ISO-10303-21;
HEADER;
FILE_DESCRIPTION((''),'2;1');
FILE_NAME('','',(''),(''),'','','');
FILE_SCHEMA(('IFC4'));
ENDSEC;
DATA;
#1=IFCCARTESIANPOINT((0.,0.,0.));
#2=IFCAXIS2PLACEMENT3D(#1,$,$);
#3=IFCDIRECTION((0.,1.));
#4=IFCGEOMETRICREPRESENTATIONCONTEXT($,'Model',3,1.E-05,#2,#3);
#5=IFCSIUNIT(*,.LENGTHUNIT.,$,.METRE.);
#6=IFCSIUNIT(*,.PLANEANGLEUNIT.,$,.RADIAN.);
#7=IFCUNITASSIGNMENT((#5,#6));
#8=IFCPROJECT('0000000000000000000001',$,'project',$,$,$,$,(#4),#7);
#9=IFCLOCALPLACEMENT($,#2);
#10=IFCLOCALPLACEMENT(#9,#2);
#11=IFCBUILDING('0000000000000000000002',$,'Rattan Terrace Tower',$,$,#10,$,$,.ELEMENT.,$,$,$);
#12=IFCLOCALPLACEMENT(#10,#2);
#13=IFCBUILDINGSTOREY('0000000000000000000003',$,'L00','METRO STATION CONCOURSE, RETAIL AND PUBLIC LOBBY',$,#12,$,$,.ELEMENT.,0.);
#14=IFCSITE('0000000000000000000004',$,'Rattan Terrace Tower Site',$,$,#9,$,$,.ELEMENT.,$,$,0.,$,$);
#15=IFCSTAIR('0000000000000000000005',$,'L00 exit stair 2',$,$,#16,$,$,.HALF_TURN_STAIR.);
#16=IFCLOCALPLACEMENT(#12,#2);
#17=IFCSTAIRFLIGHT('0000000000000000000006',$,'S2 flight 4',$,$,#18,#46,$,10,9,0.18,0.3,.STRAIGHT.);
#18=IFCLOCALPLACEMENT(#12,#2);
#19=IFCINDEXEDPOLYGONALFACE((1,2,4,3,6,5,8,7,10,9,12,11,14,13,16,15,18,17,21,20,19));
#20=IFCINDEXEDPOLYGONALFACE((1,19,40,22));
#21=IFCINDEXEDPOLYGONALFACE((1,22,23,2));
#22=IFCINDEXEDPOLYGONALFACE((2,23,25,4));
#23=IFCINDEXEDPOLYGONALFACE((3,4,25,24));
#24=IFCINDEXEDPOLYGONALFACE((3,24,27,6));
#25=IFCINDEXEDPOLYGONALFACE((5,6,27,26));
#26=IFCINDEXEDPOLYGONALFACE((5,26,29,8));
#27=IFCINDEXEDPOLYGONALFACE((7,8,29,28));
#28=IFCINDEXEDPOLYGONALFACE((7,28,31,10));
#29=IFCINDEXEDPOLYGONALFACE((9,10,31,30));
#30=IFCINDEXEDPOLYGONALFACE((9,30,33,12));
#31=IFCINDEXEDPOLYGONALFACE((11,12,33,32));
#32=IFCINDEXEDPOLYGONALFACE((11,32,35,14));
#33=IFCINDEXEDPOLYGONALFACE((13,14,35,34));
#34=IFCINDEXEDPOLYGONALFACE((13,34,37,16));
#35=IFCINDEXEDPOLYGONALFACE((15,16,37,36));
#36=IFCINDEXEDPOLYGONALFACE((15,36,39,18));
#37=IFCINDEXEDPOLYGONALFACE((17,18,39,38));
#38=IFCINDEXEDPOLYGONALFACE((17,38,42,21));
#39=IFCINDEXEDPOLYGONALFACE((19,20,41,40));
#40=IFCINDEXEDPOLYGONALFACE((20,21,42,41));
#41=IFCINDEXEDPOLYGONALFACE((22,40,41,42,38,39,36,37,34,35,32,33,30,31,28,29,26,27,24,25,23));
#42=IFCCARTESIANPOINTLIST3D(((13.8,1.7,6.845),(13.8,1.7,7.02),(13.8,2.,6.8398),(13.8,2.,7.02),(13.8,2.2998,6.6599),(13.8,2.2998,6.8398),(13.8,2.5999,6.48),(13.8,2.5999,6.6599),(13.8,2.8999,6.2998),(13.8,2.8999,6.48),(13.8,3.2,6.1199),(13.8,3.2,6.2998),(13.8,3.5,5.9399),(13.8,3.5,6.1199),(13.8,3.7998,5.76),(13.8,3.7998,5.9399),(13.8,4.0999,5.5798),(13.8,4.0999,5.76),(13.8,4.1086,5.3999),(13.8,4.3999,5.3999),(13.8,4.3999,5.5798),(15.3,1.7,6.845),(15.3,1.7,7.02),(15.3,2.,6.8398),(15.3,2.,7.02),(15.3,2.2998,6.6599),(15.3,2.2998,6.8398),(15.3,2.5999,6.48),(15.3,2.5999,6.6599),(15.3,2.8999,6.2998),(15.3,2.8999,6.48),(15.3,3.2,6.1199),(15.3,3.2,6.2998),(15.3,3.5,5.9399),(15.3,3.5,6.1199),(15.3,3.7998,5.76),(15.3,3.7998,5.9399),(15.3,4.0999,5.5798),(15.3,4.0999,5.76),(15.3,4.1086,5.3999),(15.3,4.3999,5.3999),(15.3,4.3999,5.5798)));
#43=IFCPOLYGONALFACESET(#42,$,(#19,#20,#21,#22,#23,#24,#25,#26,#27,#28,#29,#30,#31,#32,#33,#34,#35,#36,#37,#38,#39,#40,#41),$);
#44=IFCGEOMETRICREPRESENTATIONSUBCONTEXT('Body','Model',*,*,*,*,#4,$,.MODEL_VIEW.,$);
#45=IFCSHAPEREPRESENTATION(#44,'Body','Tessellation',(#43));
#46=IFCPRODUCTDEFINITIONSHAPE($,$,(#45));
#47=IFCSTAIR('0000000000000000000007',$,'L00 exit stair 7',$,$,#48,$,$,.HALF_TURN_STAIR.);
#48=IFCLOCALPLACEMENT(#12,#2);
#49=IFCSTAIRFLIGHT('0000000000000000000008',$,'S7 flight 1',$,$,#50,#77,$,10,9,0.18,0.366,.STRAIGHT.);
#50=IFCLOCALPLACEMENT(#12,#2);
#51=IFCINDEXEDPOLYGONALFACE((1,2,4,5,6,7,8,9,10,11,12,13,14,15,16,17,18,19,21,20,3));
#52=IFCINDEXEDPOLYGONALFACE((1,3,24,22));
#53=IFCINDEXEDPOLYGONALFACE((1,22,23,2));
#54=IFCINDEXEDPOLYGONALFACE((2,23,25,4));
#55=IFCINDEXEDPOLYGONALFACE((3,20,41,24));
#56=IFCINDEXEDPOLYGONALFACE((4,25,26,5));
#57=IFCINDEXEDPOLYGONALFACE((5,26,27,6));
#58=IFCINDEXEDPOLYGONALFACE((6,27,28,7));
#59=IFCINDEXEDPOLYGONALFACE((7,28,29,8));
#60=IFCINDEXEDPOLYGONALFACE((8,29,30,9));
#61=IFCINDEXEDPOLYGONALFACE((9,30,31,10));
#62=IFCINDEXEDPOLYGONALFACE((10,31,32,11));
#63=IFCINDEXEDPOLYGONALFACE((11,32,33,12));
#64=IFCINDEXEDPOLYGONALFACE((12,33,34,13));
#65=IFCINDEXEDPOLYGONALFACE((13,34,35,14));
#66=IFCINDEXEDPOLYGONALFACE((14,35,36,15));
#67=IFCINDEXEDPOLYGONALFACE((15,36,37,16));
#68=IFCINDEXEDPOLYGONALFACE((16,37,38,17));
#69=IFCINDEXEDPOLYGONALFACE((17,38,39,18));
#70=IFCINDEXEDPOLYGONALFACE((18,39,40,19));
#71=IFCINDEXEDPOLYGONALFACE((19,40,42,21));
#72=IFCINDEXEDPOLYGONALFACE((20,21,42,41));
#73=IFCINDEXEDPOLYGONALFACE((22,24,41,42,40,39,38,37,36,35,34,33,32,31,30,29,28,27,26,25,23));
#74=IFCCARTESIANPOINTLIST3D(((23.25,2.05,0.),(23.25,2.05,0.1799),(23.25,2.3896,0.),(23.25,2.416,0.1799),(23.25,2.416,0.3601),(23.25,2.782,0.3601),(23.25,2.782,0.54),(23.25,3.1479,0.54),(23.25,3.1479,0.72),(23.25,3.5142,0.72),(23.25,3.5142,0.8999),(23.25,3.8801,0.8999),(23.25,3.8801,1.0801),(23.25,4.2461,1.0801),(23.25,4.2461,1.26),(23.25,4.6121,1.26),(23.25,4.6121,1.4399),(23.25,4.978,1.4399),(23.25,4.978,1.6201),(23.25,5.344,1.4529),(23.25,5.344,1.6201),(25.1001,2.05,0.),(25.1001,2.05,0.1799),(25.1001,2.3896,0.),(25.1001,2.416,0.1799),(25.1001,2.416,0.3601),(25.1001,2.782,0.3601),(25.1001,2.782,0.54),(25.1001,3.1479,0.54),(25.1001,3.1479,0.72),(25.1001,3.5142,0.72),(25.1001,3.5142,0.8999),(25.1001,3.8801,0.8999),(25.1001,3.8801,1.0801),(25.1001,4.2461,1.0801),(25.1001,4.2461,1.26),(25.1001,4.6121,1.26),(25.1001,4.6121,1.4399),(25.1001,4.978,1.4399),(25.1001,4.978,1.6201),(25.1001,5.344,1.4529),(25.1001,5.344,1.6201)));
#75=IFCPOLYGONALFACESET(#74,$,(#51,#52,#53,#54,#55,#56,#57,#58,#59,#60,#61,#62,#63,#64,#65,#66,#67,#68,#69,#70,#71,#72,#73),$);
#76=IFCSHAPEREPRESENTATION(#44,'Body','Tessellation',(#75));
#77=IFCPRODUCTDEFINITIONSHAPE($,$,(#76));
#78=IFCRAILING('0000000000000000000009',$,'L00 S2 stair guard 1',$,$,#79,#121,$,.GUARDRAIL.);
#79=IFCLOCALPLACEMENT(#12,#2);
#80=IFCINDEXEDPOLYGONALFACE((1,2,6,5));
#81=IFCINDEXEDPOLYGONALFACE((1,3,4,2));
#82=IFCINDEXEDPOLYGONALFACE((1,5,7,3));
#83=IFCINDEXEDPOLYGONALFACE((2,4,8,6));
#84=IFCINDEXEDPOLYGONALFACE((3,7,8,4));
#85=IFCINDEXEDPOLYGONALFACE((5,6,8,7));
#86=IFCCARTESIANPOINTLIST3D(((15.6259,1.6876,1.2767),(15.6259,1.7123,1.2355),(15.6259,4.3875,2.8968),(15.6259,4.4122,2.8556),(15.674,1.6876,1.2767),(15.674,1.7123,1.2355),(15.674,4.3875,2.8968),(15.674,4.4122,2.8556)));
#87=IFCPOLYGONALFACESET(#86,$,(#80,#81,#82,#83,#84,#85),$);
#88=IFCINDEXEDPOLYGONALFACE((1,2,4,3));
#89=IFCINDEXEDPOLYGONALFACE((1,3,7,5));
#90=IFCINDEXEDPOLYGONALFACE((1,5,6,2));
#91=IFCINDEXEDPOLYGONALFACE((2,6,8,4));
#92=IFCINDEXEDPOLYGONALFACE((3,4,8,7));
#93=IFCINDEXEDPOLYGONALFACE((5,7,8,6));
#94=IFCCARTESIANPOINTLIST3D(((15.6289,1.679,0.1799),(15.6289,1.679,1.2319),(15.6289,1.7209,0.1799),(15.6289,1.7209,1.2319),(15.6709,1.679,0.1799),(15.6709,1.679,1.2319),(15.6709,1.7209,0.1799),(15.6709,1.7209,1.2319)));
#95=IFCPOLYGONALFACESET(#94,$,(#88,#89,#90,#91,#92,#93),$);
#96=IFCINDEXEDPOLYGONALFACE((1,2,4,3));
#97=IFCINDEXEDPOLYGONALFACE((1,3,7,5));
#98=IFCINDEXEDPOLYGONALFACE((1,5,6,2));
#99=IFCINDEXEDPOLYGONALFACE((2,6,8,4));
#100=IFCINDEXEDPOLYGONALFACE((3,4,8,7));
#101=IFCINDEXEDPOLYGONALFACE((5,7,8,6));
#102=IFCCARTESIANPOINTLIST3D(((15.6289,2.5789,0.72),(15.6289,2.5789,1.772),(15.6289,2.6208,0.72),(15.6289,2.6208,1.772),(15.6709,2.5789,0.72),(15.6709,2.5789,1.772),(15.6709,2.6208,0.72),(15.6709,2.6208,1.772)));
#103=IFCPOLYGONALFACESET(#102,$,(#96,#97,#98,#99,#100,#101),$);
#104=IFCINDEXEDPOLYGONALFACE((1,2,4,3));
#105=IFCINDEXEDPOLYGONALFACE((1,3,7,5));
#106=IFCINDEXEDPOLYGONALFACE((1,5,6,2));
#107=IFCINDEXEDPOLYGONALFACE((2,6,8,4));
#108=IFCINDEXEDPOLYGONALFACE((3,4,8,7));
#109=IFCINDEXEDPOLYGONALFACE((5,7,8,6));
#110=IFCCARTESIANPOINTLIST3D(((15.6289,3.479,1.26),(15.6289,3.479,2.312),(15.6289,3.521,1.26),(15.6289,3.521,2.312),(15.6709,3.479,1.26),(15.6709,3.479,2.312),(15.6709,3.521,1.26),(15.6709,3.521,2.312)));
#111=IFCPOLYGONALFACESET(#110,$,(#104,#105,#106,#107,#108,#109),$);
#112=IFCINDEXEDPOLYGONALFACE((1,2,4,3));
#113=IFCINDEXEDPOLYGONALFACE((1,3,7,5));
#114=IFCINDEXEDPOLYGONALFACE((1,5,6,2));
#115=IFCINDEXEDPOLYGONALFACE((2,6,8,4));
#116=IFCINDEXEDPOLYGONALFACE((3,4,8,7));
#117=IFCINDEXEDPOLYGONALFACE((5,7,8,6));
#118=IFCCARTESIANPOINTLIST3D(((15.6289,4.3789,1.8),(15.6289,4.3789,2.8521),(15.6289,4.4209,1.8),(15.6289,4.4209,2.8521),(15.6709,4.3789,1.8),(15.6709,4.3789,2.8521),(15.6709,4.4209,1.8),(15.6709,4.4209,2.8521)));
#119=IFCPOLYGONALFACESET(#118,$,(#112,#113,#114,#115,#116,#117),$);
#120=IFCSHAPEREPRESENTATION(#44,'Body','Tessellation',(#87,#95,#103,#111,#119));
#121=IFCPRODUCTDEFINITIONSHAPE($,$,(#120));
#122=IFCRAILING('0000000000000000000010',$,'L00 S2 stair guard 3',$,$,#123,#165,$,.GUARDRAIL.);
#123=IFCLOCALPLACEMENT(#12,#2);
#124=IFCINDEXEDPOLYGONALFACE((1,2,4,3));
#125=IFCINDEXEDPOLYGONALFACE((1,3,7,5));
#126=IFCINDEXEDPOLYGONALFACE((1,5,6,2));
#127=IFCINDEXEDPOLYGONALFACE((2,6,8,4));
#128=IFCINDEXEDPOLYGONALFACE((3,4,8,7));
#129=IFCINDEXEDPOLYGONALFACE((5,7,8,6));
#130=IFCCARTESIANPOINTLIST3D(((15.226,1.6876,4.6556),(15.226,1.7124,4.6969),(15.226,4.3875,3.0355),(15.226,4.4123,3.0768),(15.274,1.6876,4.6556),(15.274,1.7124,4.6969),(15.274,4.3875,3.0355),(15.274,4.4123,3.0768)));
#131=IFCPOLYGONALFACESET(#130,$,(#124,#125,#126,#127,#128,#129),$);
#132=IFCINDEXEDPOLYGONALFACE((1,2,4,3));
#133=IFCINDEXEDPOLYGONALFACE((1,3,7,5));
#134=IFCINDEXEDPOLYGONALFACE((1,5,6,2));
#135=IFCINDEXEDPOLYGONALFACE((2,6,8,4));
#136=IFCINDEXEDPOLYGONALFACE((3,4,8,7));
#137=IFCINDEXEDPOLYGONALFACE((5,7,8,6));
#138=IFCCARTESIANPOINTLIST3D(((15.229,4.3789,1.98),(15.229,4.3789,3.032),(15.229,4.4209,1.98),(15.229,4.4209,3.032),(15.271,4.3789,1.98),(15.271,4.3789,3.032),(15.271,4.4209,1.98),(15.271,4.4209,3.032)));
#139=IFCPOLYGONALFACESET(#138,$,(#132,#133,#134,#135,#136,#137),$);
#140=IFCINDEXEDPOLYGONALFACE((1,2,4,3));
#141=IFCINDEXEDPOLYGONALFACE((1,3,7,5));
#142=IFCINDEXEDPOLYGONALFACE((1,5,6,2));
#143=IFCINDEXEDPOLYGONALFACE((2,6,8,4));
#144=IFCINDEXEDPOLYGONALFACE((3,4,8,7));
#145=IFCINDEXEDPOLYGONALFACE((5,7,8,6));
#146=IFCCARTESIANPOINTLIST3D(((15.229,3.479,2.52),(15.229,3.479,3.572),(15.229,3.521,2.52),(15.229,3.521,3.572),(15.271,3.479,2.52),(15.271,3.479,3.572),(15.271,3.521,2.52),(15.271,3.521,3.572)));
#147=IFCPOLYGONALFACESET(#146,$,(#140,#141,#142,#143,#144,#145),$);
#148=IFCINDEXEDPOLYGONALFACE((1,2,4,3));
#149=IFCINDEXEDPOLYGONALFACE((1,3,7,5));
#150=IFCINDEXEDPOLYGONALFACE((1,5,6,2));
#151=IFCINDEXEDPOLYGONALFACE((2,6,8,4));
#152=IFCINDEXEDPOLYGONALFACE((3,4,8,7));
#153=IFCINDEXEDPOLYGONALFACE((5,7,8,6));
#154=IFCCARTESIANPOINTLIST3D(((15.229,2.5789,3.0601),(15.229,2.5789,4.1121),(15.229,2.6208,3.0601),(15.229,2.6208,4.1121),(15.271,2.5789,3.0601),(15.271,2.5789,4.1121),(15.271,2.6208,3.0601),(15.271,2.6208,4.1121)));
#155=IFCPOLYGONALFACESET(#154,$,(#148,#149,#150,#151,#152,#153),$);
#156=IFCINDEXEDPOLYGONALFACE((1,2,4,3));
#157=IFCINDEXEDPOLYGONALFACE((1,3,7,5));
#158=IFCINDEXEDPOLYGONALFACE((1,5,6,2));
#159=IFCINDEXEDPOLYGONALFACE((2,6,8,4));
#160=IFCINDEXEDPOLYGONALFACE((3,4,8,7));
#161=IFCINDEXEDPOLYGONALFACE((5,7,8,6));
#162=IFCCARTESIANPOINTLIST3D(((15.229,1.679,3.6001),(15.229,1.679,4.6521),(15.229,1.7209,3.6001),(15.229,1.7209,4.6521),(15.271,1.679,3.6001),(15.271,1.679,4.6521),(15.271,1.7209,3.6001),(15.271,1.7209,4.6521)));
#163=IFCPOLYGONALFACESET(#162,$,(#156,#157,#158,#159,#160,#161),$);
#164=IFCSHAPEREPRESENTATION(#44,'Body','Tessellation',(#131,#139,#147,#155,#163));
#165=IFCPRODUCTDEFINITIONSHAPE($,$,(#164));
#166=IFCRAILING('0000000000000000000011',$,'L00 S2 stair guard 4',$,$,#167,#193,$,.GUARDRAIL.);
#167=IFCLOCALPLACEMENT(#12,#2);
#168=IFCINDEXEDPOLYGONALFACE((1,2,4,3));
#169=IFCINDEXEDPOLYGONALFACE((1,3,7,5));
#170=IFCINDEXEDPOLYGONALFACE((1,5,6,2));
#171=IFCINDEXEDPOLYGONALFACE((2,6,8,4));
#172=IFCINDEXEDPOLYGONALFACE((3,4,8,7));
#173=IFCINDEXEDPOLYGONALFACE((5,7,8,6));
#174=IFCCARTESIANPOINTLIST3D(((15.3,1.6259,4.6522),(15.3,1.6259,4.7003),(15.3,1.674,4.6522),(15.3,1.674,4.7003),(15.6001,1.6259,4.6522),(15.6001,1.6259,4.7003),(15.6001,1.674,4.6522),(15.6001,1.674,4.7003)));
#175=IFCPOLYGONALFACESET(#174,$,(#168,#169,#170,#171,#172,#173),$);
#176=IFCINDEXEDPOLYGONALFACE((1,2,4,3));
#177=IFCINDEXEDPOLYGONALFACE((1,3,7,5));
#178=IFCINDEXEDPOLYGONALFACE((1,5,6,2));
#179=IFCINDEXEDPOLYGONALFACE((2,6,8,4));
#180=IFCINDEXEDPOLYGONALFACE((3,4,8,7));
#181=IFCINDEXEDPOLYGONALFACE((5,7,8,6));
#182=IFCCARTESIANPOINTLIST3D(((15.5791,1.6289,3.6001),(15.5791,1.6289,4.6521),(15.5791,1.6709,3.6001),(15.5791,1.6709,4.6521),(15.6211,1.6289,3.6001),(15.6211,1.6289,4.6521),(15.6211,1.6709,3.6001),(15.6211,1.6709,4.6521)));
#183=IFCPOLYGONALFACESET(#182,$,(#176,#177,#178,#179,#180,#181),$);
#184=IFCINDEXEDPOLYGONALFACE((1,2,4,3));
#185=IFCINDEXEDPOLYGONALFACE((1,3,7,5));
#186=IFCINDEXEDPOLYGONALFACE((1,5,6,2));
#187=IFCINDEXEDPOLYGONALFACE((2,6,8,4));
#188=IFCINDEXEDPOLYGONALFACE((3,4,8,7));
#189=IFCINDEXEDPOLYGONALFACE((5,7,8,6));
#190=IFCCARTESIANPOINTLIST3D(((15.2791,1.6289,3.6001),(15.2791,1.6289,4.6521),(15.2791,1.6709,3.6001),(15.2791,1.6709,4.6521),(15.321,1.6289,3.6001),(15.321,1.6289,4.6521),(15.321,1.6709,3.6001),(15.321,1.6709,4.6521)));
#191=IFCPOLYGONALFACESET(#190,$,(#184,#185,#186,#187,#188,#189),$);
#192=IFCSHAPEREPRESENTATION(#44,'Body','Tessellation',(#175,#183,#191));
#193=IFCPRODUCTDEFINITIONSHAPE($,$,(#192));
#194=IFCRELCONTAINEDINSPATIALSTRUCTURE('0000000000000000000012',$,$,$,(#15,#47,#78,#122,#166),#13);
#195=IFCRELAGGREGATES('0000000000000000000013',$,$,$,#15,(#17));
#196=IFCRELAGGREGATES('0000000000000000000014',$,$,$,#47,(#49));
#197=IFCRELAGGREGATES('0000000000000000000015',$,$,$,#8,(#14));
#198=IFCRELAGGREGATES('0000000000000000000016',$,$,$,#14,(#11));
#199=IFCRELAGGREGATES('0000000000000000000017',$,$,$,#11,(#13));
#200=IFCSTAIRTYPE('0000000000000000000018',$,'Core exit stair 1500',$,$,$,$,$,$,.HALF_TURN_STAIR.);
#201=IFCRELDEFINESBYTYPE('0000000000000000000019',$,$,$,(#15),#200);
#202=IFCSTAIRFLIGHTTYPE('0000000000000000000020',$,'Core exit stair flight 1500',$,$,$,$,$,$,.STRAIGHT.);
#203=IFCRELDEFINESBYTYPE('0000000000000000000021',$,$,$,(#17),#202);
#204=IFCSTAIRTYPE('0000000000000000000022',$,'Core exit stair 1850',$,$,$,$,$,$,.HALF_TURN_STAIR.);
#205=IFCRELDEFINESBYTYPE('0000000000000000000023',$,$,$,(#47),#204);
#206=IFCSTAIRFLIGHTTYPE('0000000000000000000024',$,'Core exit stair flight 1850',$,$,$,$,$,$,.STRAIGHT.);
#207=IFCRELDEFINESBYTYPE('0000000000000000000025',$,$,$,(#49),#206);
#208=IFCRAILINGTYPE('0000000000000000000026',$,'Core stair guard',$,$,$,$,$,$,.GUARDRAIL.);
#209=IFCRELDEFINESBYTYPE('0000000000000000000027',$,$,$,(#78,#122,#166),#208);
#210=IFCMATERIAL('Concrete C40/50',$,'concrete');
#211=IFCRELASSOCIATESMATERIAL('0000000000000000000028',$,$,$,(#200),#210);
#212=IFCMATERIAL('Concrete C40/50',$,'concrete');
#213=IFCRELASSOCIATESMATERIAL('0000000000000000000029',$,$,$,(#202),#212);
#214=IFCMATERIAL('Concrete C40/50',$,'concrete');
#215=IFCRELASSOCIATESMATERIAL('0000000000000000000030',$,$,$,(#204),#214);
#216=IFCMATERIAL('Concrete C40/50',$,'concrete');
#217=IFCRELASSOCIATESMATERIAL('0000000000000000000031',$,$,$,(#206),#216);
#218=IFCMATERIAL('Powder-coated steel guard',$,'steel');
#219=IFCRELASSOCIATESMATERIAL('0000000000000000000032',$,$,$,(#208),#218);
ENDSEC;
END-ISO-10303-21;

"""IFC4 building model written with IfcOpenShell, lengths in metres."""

from ifc_helpers import new_model, si_unit, direction, frame, origin, origin_2d, place, context, subcontext, project, spatial, polyline, rectangle, outline, extrude, material, type_object, element, aggregate, save


model = new_model("IFC4")

# Units and contexts
model_context = context("Model", 3, precision=1e-05, world=origin(), true_north=direction((0.0, 1.0)))
body_context = subcontext(model_context, "Body", "Model", "MODEL_VIEW")
ifc_project = project(units=[si_unit("LENGTHUNIT", "METRE"), si_unit("PLANEANGLEUNIT", "RADIAN")], contexts=[model_context])

# Site, building, storey
site_placement = place(None, origin())
site = spatial("IfcSite", under=ifc_project, at=site_placement, Name="Rattan Terrace Tower Site", CompositionType="ELEMENT", RefElevation=0.0)
building_placement = place(site_placement, origin())
building = spatial("IfcBuilding", under=site, at=building_placement, Name="Rattan Terrace Tower", CompositionType="ELEMENT")
storey_placement = place(building_placement, origin())
storey = spatial("IfcBuildingStorey", under=building, at=storey_placement, Name="L00", Description="METRO STATION CONCOURSE, RETAIL AND PUBLIC LOBBY", CompositionType="ELEMENT", Elevation=0.0)

# Stair, stair flight
ifc_material_1 = material(Name="Concrete C40/50", Category="concrete")
stair_type_1 = type_object("IfcStairType", Name="Core exit stair 1500", PredefinedType="HALF_TURN_STAIR", material=ifc_material_1)
stair_1_placement = place(storey_placement, origin())
stair_1 = element("IfcStair", 1, at=stair_1_placement, inside=storey, type_object=stair_type_1, Name="L00 exit stair 2", PredefinedType="HALF_TURN_STAIR")
ifc_material_2 = material(Name="Concrete C40/50", Category="concrete")
stair_flight_type_1 = type_object("IfcStairFlightType", Name="Core exit stair flight 1500", PredefinedType="STRAIGHT", material=ifc_material_2)
stair_flight_1_placement = place(storey_placement, frame((14.55, 4.3999, 5.3999), z_axis=(0.0, 0.0, 1.0), x_axis=(0.0, -1.0, 0.0)))
stair_flight_1 = element("IfcStairFlight", 2, at=stair_flight_1_placement, type_object=stair_flight_type_1, Name="S2 flight 4", NumberOfRisers=10, NumberOfTreads=9, PredefinedType="STRAIGHT", RiserHeight=0.18, TreadLength=0.3, context=body_context, shape_type="SweptSolid", body=[
    extrude(outline(polyline([(0.0, 0.0), (0.0, 0.1799), (0.3, 0.1799), (0.3, 0.3601), (0.6001, 0.3601), (0.6001, 0.54), (0.8999, 0.54), (0.8999, 0.72), (1.2, 0.72), (1.2, 0.8999), (1.5, 0.8999), (1.5, 1.0801), (1.8, 1.0801), (1.8, 1.26), (2.1001, 1.26), (2.1001, 1.4399), (2.3999, 1.4399), (2.3999, 1.6201), (2.7, 1.6201), (2.7, 1.8), (2.7, 1.4451), (0.2913, 0.0), (0.0, 0.0)])), frame((0.0, 0.75, 0.0), z_axis=(0.0, -1.0, 0.0), x_axis=(1.0, 0.0, 0.0)), (0.0, 0.0, 1.0), 1.5),
])
aggregate(stair_1, [stair_flight_1])

# Stair, stair flight
ifc_material_3 = material(Name="Concrete C40/50", Category="concrete")
stair_type_2 = type_object("IfcStairType", Name="Core exit stair 1850", PredefinedType="HALF_TURN_STAIR", material=ifc_material_3)
stair_2_placement = place(storey_placement, origin())
stair_2 = element("IfcStair", 3, at=stair_2_placement, inside=storey, type_object=stair_type_2, Name="L00 exit stair 7", PredefinedType="HALF_TURN_STAIR")
ifc_material_4 = material(Name="Concrete C40/50", Category="concrete")
stair_flight_type_2 = type_object("IfcStairFlightType", Name="Core exit stair flight 1850", PredefinedType="STRAIGHT", material=ifc_material_4)
stair_flight_2_placement = place(storey_placement, frame((24.175, 2.05, 0.0), z_axis=(0.0, 0.0, 1.0), x_axis=(0.0, 1.0, 0.0)))
stair_flight_2 = element("IfcStairFlight", 4, at=stair_flight_2_placement, type_object=stair_flight_type_2, Name="S7 flight 1", NumberOfRisers=10, NumberOfTreads=9, PredefinedType="STRAIGHT", RiserHeight=0.18, TreadLength=0.366, context=body_context, shape_type="SweptSolid", body=[
    extrude(outline(polyline([(0.0, 0.0), (0.0, 0.1799), (0.366, 0.1799), (0.366, 0.3601), (0.7319, 0.3601), (0.7319, 0.54), (1.0979, 0.54), (1.0979, 0.72), (1.4641, 0.72), (1.4641, 0.8999), (1.8301, 0.8999), (1.8301, 1.0801), (2.196, 1.0801), (2.196, 1.26), (2.562, 1.26), (2.562, 1.4399), (2.928, 1.4399), (2.928, 1.6201), (3.2939, 1.6201), (3.2939, 1.8), (3.2939, 1.4529), (0.3396, 0.0), (0.0, 0.0)])), frame((0.0, 0.925, 0.0), z_axis=(0.0, -1.0, 0.0), x_axis=(1.0, 0.0, 0.0)), (0.0, 0.0, 1.0), 1.8501),
])
aggregate(stair_2, [stair_flight_2])

# Railings
ifc_material_5 = material(Name="Powder-coated steel guard", Category="steel")
railing_type_1 = type_object("IfcRailingType", Name="Core stair guard", PredefinedType="GUARDRAIL", material=ifc_material_5)
railing_1_placement = place(storey_placement, frame((15.6499, 1.7, 0.1799)))
element("IfcRailing", 5, at=railing_1_placement, inside=storey, type_object=railing_type_1, Name="L00 S2 stair guard 1", PredefinedType="GUARDRAIL", context=body_context, shape_type="SweptSolid", body=[
    extrude(rectangle(XDim=0.0481, YDim=0.0481, at=origin_2d()), frame((0.0, 0.0, 1.0762), z_axis=(0.0, 0.857472, 0.51453), x_axis=(-1.0, 0.0, 0.0)), (0.0, 0.0, 1.0), 3.1487),
    extrude(rectangle(XDim=0.042, YDim=0.042, at=origin_2d()), origin(), (0.0, 0.0, 1.0), 1.052),
    extrude(rectangle(XDim=0.042, YDim=0.042, at=origin_2d()), frame((0.0, 0.8999, 0.54)), (0.0, 0.0, 1.0), 1.052),
    extrude(rectangle(XDim=0.042, YDim=0.042, at=origin_2d()), frame((0.0, 1.8, 1.0801)), (0.0, 0.0, 1.0), 1.052),
    extrude(rectangle(XDim=0.042, YDim=0.042, at=origin_2d()), frame((0.0, 2.7, 1.6201)), (0.0, 0.0, 1.0), 1.052),
])
railing_2_placement = place(storey_placement, frame((15.25, 4.3999, 1.98)))
element("IfcRailing", 6, at=railing_2_placement, inside=storey, type_object=railing_type_1, Name="L00 S2 stair guard 3", PredefinedType="GUARDRAIL", context=body_context, shape_type="SweptSolid", body=[
    extrude(rectangle(XDim=0.0481, YDim=0.0481, at=origin_2d()), frame((0.0, 0.0, 1.0762), z_axis=(0.0, -0.857472, 0.51453), x_axis=(1.0, 0.0, 0.0)), (0.0, 0.0, 1.0), 3.1487),
    extrude(rectangle(XDim=0.042, YDim=0.042, at=origin_2d()), origin(), (0.0, 0.0, 1.0), 1.052),
    extrude(rectangle(XDim=0.042, YDim=0.042, at=origin_2d()), frame((0.0, -0.8999, 0.54)), (0.0, 0.0, 1.0), 1.052),
    extrude(rectangle(XDim=0.042, YDim=0.042, at=origin_2d()), frame((0.0, -1.8, 1.0801)), (0.0, 0.0, 1.0), 1.052),
    extrude(rectangle(XDim=0.042, YDim=0.042, at=origin_2d()), frame((0.0, -2.7, 1.6201)), (0.0, 0.0, 1.0), 1.052),
])
railing_3_placement = place(storey_placement, frame((15.6001, 1.6499, 3.6001)))
element("IfcRailing", 7, at=railing_3_placement, inside=storey, type_object=railing_type_1, Name="L00 S2 stair guard 4", PredefinedType="GUARDRAIL", context=body_context, shape_type="SweptSolid", body=[
    extrude(rectangle(XDim=0.0481, YDim=0.0481, at=origin_2d()), frame((0.0, 0.0, 1.0762), z_axis=(-1.0, 0.0, 0.0), x_axis=(0.0, -1.0, 0.0)), (0.0, 0.0, 1.0), 0.3),
    extrude(rectangle(XDim=0.042, YDim=0.042, at=origin_2d()), origin(), (0.0, 0.0, 1.0), 1.052),
    extrude(rectangle(XDim=0.042, YDim=0.042, at=origin_2d()), frame((-0.3, 0.0, 0.0)), (0.0, 0.0, 1.0), 1.052),
])

save(model, "model.ifc")
